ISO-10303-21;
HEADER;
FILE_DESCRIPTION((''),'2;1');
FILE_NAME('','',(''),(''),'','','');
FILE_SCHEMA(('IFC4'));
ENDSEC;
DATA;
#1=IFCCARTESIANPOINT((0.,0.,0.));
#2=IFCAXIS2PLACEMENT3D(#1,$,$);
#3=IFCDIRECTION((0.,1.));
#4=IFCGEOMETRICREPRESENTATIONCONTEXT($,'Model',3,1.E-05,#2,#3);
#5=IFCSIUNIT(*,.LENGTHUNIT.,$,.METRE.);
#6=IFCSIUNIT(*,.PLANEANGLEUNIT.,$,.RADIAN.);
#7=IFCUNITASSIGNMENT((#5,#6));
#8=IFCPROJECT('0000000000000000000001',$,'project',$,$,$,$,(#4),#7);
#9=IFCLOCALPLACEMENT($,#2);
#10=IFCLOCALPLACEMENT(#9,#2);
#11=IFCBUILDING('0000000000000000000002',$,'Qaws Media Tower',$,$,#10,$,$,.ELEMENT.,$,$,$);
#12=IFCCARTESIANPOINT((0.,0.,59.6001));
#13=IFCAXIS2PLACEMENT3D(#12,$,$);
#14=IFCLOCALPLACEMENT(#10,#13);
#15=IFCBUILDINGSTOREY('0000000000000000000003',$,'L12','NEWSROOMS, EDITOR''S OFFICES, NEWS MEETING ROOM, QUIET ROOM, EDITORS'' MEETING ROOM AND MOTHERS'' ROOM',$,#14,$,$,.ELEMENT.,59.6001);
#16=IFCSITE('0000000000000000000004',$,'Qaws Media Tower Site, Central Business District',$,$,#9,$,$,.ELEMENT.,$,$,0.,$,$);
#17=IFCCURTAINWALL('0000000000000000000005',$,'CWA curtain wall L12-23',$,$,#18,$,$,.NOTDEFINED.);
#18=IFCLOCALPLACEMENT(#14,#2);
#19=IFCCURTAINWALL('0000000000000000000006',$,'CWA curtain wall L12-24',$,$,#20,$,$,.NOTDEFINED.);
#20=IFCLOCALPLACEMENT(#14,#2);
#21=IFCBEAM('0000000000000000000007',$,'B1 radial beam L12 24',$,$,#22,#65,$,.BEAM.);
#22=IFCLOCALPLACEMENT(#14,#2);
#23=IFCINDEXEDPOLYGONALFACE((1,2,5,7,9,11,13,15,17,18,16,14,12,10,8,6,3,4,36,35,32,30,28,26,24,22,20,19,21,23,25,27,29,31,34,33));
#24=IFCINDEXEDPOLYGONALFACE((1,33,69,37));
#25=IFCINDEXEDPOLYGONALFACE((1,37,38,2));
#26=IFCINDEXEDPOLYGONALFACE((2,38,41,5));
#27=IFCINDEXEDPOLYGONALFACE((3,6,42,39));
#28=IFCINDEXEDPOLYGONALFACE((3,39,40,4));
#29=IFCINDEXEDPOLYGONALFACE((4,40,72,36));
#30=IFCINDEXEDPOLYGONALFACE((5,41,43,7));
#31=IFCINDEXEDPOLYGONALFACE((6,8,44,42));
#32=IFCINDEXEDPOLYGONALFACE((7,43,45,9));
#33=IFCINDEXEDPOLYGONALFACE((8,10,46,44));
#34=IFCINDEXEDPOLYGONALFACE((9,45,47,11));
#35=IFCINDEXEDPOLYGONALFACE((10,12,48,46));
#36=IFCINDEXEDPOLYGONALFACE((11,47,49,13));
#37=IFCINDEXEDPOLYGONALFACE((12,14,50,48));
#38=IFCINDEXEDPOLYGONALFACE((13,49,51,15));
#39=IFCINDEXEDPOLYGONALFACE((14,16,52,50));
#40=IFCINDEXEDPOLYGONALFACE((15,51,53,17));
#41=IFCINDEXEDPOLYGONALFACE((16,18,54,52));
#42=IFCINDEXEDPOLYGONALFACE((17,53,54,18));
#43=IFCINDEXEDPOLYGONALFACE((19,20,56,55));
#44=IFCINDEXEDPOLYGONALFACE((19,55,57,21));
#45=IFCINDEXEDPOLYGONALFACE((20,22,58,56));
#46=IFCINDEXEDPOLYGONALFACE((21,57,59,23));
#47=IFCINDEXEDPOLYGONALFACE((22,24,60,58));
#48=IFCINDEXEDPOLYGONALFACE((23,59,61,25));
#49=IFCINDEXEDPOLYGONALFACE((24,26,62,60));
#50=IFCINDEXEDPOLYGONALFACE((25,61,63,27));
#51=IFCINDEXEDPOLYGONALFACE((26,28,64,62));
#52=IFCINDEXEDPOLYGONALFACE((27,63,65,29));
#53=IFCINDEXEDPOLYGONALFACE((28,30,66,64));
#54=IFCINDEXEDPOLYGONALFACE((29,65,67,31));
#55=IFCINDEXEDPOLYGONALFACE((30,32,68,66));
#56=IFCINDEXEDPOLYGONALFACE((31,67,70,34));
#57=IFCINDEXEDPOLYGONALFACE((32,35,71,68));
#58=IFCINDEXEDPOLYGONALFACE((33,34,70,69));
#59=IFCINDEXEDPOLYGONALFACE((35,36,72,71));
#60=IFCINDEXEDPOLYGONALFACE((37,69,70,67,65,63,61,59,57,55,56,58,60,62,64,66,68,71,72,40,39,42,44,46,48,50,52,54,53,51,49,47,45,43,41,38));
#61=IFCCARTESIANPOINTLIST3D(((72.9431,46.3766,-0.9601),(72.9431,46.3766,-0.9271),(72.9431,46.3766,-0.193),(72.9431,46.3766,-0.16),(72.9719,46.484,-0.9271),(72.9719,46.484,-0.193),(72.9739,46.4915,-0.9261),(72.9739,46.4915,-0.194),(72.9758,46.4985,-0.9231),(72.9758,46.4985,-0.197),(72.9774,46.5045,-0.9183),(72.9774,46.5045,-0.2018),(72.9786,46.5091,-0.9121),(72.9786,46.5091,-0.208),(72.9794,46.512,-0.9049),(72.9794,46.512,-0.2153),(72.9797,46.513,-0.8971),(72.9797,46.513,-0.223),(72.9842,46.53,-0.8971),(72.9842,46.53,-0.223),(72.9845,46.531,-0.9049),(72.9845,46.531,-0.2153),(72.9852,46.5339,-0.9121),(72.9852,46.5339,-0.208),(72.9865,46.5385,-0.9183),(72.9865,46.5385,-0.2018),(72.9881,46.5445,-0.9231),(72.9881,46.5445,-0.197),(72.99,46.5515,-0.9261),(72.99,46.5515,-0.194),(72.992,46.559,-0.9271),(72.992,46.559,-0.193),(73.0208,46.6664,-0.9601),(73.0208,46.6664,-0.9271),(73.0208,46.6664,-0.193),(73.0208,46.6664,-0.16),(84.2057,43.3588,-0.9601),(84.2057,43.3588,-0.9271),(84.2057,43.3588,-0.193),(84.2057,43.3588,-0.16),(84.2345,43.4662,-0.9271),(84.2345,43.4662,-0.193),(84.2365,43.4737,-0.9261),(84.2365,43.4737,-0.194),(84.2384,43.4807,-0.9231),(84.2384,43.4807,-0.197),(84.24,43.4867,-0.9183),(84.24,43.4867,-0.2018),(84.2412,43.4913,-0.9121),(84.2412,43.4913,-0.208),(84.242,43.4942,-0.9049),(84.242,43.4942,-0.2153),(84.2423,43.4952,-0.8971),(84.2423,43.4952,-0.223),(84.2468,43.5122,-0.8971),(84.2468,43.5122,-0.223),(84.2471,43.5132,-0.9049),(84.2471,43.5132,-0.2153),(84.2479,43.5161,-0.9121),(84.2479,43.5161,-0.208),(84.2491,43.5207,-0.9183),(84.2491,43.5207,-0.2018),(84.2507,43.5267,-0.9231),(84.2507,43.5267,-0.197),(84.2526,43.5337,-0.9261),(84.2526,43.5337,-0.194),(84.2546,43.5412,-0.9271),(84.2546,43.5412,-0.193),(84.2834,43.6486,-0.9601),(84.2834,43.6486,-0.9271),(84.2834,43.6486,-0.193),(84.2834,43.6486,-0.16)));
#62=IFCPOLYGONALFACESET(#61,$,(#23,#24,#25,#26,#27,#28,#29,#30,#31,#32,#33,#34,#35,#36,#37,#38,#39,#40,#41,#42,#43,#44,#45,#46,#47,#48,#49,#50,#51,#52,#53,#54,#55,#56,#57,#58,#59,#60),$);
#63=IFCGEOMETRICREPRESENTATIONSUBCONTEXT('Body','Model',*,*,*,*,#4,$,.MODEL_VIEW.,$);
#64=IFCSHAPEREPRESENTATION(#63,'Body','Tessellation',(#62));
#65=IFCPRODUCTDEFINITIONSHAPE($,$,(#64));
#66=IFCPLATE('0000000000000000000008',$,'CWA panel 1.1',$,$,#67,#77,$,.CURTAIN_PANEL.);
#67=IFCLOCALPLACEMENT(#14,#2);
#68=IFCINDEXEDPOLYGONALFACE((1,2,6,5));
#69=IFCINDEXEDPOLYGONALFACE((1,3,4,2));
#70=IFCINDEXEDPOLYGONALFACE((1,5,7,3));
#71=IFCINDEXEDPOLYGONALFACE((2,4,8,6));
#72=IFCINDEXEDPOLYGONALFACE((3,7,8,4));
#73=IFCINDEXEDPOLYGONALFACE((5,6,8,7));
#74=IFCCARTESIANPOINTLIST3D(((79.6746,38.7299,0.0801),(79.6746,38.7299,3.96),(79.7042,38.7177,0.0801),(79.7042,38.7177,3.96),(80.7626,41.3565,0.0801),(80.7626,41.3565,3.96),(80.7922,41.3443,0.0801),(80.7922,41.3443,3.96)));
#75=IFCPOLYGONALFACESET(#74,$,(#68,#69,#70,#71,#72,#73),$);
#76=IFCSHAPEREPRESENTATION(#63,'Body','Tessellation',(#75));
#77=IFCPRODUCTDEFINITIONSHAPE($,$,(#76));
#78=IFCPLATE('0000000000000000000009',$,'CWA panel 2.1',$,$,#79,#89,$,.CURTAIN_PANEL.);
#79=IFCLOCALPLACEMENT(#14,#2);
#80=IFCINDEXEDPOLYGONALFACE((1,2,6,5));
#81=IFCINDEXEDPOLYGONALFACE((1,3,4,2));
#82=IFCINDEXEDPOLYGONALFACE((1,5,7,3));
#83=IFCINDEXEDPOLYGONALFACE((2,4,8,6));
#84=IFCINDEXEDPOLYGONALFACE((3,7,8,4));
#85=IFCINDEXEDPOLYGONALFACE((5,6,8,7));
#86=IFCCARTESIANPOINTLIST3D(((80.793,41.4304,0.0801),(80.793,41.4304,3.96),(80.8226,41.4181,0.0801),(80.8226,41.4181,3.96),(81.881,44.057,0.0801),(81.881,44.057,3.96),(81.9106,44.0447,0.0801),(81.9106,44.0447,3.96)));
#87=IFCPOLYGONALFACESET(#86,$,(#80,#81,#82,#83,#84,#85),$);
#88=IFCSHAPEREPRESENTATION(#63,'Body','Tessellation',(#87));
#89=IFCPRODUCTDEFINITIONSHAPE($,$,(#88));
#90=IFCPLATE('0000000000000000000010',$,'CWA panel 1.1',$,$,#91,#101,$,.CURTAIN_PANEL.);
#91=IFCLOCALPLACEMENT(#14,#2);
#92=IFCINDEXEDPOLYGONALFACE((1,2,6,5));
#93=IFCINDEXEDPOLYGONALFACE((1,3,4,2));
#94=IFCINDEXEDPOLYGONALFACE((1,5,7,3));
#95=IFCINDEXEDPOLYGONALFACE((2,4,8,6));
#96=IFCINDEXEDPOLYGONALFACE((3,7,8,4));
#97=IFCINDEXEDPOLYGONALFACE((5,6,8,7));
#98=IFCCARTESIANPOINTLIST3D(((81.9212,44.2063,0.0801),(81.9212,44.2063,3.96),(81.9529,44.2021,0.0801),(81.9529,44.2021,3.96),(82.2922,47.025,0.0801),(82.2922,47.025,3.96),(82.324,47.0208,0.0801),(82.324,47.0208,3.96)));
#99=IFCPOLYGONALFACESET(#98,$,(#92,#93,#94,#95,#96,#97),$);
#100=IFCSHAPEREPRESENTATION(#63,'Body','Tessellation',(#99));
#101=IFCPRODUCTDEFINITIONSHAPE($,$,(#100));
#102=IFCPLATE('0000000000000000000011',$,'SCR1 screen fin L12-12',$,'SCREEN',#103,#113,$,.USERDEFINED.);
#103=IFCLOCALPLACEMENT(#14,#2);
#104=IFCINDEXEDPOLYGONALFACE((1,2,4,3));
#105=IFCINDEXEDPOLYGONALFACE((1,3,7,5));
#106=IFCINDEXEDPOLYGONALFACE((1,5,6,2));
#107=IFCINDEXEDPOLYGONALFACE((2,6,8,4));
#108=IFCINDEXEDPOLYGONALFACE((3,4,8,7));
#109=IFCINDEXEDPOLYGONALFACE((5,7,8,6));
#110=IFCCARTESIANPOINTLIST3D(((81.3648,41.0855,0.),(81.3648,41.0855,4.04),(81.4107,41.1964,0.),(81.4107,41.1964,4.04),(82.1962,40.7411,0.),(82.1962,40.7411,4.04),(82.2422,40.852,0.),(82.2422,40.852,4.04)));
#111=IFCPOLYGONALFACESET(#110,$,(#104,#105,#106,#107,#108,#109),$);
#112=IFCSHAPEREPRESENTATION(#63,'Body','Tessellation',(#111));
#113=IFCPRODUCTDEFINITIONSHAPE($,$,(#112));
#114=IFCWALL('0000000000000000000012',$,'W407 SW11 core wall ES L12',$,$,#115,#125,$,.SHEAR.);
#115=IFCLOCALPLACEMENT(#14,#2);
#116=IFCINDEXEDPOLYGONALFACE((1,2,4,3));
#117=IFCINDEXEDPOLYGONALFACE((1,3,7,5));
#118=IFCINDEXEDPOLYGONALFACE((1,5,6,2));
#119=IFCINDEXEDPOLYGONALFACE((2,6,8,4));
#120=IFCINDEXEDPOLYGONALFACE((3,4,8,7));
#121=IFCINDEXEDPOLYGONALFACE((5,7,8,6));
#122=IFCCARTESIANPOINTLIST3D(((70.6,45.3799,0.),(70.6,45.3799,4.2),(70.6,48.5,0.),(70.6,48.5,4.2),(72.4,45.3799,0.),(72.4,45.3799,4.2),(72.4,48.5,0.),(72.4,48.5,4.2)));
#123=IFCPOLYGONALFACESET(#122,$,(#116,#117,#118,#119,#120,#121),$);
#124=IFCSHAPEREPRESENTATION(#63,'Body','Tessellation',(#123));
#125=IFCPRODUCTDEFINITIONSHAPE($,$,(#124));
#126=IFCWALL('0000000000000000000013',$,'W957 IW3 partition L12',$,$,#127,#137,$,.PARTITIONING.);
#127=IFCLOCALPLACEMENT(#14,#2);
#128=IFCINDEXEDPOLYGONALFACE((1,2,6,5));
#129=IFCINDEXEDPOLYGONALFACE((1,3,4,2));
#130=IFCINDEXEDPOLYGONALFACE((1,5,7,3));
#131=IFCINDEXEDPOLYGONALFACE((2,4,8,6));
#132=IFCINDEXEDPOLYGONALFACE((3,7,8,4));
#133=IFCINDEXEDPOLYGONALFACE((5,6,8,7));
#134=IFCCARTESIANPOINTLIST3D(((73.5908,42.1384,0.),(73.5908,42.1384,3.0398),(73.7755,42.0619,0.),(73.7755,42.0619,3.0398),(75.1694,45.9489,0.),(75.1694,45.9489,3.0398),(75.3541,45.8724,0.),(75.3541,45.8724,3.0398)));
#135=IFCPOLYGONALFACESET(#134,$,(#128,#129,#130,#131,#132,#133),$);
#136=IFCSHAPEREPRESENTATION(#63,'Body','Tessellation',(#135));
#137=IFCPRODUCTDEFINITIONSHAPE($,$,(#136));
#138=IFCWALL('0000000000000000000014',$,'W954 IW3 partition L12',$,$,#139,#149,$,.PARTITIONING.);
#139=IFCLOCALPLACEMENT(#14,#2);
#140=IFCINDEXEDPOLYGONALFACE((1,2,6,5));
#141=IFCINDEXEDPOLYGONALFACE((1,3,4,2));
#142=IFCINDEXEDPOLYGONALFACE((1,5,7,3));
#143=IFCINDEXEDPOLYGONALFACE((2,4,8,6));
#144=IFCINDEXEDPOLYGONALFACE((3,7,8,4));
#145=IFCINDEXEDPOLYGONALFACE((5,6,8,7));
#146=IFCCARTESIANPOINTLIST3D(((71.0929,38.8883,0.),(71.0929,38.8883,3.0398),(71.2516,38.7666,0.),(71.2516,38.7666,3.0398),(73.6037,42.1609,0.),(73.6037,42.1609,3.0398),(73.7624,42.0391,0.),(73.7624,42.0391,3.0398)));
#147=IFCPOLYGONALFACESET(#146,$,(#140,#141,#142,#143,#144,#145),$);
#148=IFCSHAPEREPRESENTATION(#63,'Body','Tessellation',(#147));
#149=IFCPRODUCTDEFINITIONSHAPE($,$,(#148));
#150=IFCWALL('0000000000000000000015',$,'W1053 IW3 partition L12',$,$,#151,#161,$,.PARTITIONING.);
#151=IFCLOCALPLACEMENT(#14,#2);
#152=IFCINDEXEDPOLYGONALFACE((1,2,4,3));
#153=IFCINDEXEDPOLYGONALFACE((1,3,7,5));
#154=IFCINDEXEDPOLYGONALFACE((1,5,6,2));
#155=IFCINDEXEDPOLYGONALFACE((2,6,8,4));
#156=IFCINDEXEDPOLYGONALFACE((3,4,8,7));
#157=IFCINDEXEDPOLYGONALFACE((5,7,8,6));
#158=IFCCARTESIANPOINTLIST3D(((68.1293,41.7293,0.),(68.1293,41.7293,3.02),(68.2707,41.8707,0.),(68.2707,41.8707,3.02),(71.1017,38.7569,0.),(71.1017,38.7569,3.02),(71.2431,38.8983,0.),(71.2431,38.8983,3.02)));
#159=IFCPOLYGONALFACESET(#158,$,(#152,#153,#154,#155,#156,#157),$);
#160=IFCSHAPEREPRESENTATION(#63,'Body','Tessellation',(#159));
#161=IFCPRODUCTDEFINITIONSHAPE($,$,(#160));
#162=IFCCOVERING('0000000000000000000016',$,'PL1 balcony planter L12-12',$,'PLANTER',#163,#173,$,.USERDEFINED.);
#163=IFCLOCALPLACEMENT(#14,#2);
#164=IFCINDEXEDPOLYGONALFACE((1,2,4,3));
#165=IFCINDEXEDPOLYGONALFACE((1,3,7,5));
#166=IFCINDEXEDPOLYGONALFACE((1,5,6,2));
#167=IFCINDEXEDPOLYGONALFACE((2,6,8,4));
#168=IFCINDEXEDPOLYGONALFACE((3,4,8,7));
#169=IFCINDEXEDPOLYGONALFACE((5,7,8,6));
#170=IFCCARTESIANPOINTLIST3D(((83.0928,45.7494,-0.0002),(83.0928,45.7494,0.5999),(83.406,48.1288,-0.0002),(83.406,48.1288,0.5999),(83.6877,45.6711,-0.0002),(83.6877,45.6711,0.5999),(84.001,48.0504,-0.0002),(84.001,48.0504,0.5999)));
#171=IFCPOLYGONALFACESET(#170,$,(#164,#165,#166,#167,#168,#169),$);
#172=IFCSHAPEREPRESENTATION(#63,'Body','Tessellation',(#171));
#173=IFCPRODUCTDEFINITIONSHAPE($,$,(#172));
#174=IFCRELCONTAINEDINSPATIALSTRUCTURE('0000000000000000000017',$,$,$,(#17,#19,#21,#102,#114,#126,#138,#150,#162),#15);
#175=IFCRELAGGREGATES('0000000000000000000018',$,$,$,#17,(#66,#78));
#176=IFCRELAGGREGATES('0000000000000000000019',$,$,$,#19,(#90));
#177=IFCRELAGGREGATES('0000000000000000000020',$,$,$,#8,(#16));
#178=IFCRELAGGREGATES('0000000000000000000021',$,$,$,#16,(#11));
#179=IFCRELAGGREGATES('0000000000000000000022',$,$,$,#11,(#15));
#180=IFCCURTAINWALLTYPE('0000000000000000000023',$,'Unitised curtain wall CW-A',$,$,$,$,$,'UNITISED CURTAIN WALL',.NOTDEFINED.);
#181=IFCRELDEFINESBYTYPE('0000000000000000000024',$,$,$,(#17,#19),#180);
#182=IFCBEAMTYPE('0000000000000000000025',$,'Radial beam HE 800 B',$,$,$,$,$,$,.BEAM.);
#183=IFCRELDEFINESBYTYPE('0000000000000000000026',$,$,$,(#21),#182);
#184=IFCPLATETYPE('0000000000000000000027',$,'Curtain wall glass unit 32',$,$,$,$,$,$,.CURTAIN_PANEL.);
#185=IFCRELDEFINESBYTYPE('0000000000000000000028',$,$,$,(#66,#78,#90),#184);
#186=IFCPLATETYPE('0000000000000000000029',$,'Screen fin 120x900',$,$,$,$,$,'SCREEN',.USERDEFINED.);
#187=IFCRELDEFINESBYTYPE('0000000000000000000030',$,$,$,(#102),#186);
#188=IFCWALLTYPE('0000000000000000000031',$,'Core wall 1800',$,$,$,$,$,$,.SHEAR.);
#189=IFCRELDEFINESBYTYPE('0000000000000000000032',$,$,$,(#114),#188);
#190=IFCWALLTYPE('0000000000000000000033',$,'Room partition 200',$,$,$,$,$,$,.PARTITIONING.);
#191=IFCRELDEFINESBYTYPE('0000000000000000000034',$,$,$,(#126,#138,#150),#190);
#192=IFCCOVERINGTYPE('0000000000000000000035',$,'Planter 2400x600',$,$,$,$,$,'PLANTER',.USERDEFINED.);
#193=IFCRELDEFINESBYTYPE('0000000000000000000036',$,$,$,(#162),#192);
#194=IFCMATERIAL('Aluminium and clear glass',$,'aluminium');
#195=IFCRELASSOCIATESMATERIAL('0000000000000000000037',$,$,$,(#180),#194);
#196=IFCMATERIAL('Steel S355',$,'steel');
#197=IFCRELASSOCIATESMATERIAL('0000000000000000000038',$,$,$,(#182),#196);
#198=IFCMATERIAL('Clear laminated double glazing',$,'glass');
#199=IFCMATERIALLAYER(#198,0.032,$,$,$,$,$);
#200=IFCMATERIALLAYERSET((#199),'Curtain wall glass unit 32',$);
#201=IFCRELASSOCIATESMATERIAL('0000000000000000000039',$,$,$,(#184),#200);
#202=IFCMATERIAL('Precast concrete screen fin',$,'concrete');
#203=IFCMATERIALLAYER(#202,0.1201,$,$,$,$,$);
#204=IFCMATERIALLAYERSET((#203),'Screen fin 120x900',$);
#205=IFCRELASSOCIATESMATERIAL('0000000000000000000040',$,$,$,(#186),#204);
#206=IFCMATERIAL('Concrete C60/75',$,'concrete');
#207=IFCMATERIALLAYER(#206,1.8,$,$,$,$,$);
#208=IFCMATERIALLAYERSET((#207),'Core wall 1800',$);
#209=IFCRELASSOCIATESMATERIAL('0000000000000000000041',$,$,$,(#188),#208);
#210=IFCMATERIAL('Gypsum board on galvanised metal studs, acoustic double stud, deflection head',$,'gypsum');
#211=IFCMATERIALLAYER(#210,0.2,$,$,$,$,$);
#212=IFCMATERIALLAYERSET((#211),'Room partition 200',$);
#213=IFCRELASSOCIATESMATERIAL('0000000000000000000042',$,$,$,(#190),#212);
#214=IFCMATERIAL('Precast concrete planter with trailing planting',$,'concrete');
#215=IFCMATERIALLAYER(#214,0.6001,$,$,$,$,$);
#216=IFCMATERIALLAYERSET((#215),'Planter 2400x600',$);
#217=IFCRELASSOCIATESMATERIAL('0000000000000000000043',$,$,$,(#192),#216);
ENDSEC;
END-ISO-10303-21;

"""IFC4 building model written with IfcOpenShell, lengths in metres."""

from ifc_helpers import new_model, si_unit, direction, frame, frame_2d, origin, origin_2d, place, context, subcontext, project, spatial, rectangle, i_section, extrude, material, layer, layer_set, material_profile, profile_set, type_object, element, aggregate, save


model = new_model("IFC4")

# Units and contexts
model_context = context("Model", 3, precision=1e-05, world=origin(), true_north=direction((0.0, 1.0)))
body_context = subcontext(model_context, "Body", "Model", "MODEL_VIEW")
ifc_project = project(units=[si_unit("LENGTHUNIT", "METRE"), si_unit("PLANEANGLEUNIT", "RADIAN")], contexts=[model_context])

# Site, building, storey
site_placement = place(None, origin())
site = spatial("IfcSite", under=ifc_project, at=site_placement, Name="Qaws Media Tower Site, Central Business District", CompositionType="ELEMENT", RefElevation=0.0)
building_placement = place(site_placement, origin())
building = spatial("IfcBuilding", under=site, at=building_placement, Name="Qaws Media Tower", CompositionType="ELEMENT")
storey_placement = place(building_placement, frame((0.0, 0.0, 59.6001)))
storey = spatial("IfcBuildingStorey", under=building, at=storey_placement, Name="L12", Description="NEWSROOMS, EDITOR'S OFFICES, NEWS MEETING ROOM, QUIET ROOM, EDITORS' MEETING ROOM AND MOTHERS' ROOM", CompositionType="ELEMENT", Elevation=59.6001)

# Shared definitions
ifc_material_1 = material(Name="Aluminium and clear glass", Category="aluminium")
curtain_wall_type = type_object("IfcCurtainWallType", Name="Unitised curtain wall CW-A", ElementType="UNITISED CURTAIN WALL", PredefinedType="NOTDEFINED", material=ifc_material_1)

# Curtain walls
curtain_wall_1_placement = place(storey_placement, origin())
curtain_wall_1 = element("IfcCurtainWall", 1, at=curtain_wall_1_placement, inside=storey, type_object=curtain_wall_type, Name="CWA curtain wall L12-23", PredefinedType="NOTDEFINED")
curtain_wall_2_placement = place(storey_placement, origin())
curtain_wall_2 = element("IfcCurtainWall", 2, at=curtain_wall_2_placement, inside=storey, type_object=curtain_wall_type, Name="CWA curtain wall L12-24", PredefinedType="NOTDEFINED")

# Beam
ifc_material_2 = material(Name="Steel S355", Category="steel")
ifc_material_profile_1 = material_profile(ifc_material_2, i_section(OverallWidth=0.3, OverallDepth=0.8, WebThickness=0.0176, FlangeThickness=0.033, FilletRadius=0.03, at=origin_2d()), Name="HE 800 B")
ifc_profile_set_1 = profile_set([ifc_material_profile_1], Name="Steel S355")
beam_type_1 = type_object("IfcBeamType", Name="Radial beam HE 800 B", PredefinedType="BEAM", material=ifc_profile_set_1)
beam_1_placement = place(storey_placement, frame((72.9819, 46.5215, -0.5601), z_axis=(0.965926, -0.258818, 0.0), x_axis=(0.258818, 0.965926, 0.0)))
element("IfcBeam", 3, at=beam_1_placement, inside=storey, type_object=beam_type_1, Name="B1 radial beam L12 24", PredefinedType="BEAM", context=body_context, shape_type="SweptSolid", body=[
    extrude(i_section(OverallWidth=0.3, OverallDepth=0.8, WebThickness=0.0176, FlangeThickness=0.033, FilletRadius=0.03, at=origin_2d()), origin(), (0.0, 0.0, 1.0), 11.6599),
])

# Plates
ifc_material_3 = material(Name="Clear laminated double glazing", Category="glass")
ifc_layer_1 = layer(ifc_material_3, 0.032)
ifc_layer_set_1 = layer_set([ifc_layer_1], Name="Curtain wall glass unit 32")
plate_type_1 = type_object("IfcPlateType", Name="Curtain wall glass unit 32", PredefinedType="CURTAIN_PANEL", material=ifc_layer_set_1)
plate_1_placement = place(storey_placement, frame((80.2334, 40.0371, 0.0801), z_axis=(0.0, 0.0, 1.0), x_axis=(0.382683, 0.92388, 0.0)))
plate_1 = element("IfcPlate", 4, at=plate_1_placement, type_object=plate_type_1, Name="CWA panel 1.1", PredefinedType="CURTAIN_PANEL", context=body_context, shape_type="SweptSolid", body=[
    extrude(rectangle(XDim=2.843, YDim=0.032, at=origin_2d()), origin(), (0.0, 0.0, 1.0), 3.8799),
])
plate_2_placement = place(storey_placement, frame((81.3518, 42.7375, 0.0801), z_axis=(0.0, 0.0, 1.0), x_axis=(0.382683, 0.92388, 0.0)))
plate_2 = element("IfcPlate", 5, at=plate_2_placement, type_object=plate_type_1, Name="CWA panel 2.1", PredefinedType="CURTAIN_PANEL", context=body_context, shape_type="SweptSolid", body=[
    extrude(rectangle(XDim=2.843, YDim=0.032, at=origin_2d()), origin(), (0.0, 0.0, 1.0), 3.8799),
])
aggregate(curtain_wall_1, [plate_1, plate_2])
plate_3_placement = place(storey_placement, frame((82.1226, 45.6135, 0.0801), z_axis=(0.0, 0.0, 1.0), x_axis=(0.130526, 0.991445, 0.0)))
plate_3 = element("IfcPlate", 6, at=plate_3_placement, type_object=plate_type_1, Name="CWA panel 1.1", PredefinedType="CURTAIN_PANEL", context=body_context, shape_type="SweptSolid", body=[
    extrude(rectangle(XDim=2.843, YDim=0.032, at=origin_2d()), origin(), (0.0, 0.0, 1.0), 3.8799),
])
aggregate(curtain_wall_2, [plate_3])
ifc_material_4 = material(Name="Precast concrete screen fin", Category="concrete")
ifc_layer_2 = layer(ifc_material_4, 0.1201)
ifc_layer_set_2 = layer_set([ifc_layer_2], Name="Screen fin 120x900")
plate_type_2 = type_object("IfcPlateType", Name="Screen fin 120x900", ElementType="SCREEN", PredefinedType="USERDEFINED", material=ifc_layer_set_2)
plate_4_placement = place(storey_placement, frame((81.8035, 40.9688, 0.0), z_axis=(0.0, 0.0, 1.0), x_axis=(0.92388, -0.382683, 0.0)))
element("IfcPlate", 7, at=plate_4_placement, inside=storey, type_object=plate_type_2, Name="SCR1 screen fin L12-12", ObjectType="SCREEN", PredefinedType="USERDEFINED", context=body_context, shape_type="SweptSolid", body=[
    extrude(rectangle(XDim=0.8999, YDim=0.1201, at=origin_2d()), origin(), (0.0, 0.0, 1.0), 4.04),
])

# Walls
ifc_material_5 = material(Name="Concrete C60/75", Category="concrete")
ifc_layer_3 = layer(ifc_material_5, 1.8)
ifc_layer_set_3 = layer_set([ifc_layer_3], Name="Core wall 1800")
wall_type_1 = type_object("IfcWallType", Name="Core wall 1800", PredefinedType="SHEAR", material=ifc_layer_set_3)
wall_1_placement = place(storey_placement, frame((71.5, 45.3799, 0.0), z_axis=(0.0, 0.0, 1.0), x_axis=(0.0, 1.0, 0.0)))
element("IfcWall", 8, at=wall_1_placement, inside=storey, type_object=wall_type_1, Name="W407 SW11 core wall ES L12", PredefinedType="SHEAR", context=body_context, shape_type="SweptSolid", body=[
    extrude(rectangle(XDim=3.1201, YDim=1.8, at=frame_2d((1.5601, 0.0))), origin(), (0.0, 0.0, 1.0), 4.2),
])
ifc_material_6 = material(Name="Gypsum board on galvanised metal studs, acoustic double stud, deflection head", Category="gypsum")
ifc_layer_4 = layer(ifc_material_6, 0.2)
ifc_layer_set_4 = layer_set([ifc_layer_4], Name="Room partition 200")
wall_type_2 = type_object("IfcWallType", Name="Room partition 200", PredefinedType="PARTITIONING", material=ifc_layer_set_4)
wall_2_placement = place(storey_placement, frame((75.2617, 45.9106, 0.0), z_axis=(0.0, 0.0, 1.0), x_axis=(-0.382732, -0.92386, 0.0)))
element("IfcWall", 9, at=wall_2_placement, inside=storey, type_object=wall_type_2, Name="W957 IW3 partition L12", PredefinedType="PARTITIONING", context=body_context, shape_type="SweptSolid", body=[
    extrude(rectangle(XDim=4.1245, YDim=0.2, at=frame_2d((2.0623, 0.0))), origin(), (0.0, 0.0, 1.0), 3.0398),
])
wall_3_placement = place(storey_placement, frame((73.6831, 42.1001, 0.0), z_axis=(0.0, 0.0, 1.0), x_axis=(-0.608715, -0.793389, 0.0)))
element("IfcWall", 10, at=wall_3_placement, inside=storey, type_object=wall_type_2, Name="W954 IW3 partition L12", PredefinedType="PARTITIONING", context=body_context, shape_type="SweptSolid", body=[
    extrude(rectangle(XDim=4.1248, YDim=0.2, at=frame_2d((2.0625, 0.0))), origin(), (0.0, 0.0, 1.0), 3.0398),
])
wall_4_placement = place(storey_placement, frame((71.1724, 38.8276, 0.0), z_axis=(0.0, 0.0, 1.0), x_axis=(-0.707107, 0.707107, 0.0)))
element("IfcWall", 11, at=wall_4_placement, inside=storey, type_object=wall_type_2, Name="W1053 IW3 partition L12", PredefinedType="PARTITIONING", context=body_context, shape_type="SweptSolid", body=[
    extrude(rectangle(XDim=4.2036, YDim=0.2, at=frame_2d((2.1018, 0.0))), origin(), (0.0, 0.0, 1.0), 3.02),
])

# Covering
ifc_material_7 = material(Name="Precast concrete planter with trailing planting", Category="concrete")
ifc_layer_5 = layer(ifc_material_7, 0.6001)
ifc_layer_set_5 = layer_set([ifc_layer_5], Name="Planter 2400x600")
covering_type = type_object("IfcCoveringType", Name="Planter 2400x600", ElementType="PLANTER", PredefinedType="USERDEFINED", material=ifc_layer_set_5)
covering_placement = place(storey_placement, frame((83.5469, 46.8999, -0.0002), z_axis=(0.0, 0.0, 1.0), x_axis=(0.130526, 0.991445, 0.0)))
element("IfcCovering", 12, at=covering_placement, inside=storey, type_object=covering_type, Name="PL1 balcony planter L12-12", ObjectType="PLANTER", PredefinedType="USERDEFINED", context=body_context, shape_type="SweptSolid", body=[
    extrude(rectangle(XDim=2.3999, YDim=0.6001, at=origin_2d()), origin(), (0.0, 0.0, 1.0), 0.6001),
])

save(model, "model.ifc")
